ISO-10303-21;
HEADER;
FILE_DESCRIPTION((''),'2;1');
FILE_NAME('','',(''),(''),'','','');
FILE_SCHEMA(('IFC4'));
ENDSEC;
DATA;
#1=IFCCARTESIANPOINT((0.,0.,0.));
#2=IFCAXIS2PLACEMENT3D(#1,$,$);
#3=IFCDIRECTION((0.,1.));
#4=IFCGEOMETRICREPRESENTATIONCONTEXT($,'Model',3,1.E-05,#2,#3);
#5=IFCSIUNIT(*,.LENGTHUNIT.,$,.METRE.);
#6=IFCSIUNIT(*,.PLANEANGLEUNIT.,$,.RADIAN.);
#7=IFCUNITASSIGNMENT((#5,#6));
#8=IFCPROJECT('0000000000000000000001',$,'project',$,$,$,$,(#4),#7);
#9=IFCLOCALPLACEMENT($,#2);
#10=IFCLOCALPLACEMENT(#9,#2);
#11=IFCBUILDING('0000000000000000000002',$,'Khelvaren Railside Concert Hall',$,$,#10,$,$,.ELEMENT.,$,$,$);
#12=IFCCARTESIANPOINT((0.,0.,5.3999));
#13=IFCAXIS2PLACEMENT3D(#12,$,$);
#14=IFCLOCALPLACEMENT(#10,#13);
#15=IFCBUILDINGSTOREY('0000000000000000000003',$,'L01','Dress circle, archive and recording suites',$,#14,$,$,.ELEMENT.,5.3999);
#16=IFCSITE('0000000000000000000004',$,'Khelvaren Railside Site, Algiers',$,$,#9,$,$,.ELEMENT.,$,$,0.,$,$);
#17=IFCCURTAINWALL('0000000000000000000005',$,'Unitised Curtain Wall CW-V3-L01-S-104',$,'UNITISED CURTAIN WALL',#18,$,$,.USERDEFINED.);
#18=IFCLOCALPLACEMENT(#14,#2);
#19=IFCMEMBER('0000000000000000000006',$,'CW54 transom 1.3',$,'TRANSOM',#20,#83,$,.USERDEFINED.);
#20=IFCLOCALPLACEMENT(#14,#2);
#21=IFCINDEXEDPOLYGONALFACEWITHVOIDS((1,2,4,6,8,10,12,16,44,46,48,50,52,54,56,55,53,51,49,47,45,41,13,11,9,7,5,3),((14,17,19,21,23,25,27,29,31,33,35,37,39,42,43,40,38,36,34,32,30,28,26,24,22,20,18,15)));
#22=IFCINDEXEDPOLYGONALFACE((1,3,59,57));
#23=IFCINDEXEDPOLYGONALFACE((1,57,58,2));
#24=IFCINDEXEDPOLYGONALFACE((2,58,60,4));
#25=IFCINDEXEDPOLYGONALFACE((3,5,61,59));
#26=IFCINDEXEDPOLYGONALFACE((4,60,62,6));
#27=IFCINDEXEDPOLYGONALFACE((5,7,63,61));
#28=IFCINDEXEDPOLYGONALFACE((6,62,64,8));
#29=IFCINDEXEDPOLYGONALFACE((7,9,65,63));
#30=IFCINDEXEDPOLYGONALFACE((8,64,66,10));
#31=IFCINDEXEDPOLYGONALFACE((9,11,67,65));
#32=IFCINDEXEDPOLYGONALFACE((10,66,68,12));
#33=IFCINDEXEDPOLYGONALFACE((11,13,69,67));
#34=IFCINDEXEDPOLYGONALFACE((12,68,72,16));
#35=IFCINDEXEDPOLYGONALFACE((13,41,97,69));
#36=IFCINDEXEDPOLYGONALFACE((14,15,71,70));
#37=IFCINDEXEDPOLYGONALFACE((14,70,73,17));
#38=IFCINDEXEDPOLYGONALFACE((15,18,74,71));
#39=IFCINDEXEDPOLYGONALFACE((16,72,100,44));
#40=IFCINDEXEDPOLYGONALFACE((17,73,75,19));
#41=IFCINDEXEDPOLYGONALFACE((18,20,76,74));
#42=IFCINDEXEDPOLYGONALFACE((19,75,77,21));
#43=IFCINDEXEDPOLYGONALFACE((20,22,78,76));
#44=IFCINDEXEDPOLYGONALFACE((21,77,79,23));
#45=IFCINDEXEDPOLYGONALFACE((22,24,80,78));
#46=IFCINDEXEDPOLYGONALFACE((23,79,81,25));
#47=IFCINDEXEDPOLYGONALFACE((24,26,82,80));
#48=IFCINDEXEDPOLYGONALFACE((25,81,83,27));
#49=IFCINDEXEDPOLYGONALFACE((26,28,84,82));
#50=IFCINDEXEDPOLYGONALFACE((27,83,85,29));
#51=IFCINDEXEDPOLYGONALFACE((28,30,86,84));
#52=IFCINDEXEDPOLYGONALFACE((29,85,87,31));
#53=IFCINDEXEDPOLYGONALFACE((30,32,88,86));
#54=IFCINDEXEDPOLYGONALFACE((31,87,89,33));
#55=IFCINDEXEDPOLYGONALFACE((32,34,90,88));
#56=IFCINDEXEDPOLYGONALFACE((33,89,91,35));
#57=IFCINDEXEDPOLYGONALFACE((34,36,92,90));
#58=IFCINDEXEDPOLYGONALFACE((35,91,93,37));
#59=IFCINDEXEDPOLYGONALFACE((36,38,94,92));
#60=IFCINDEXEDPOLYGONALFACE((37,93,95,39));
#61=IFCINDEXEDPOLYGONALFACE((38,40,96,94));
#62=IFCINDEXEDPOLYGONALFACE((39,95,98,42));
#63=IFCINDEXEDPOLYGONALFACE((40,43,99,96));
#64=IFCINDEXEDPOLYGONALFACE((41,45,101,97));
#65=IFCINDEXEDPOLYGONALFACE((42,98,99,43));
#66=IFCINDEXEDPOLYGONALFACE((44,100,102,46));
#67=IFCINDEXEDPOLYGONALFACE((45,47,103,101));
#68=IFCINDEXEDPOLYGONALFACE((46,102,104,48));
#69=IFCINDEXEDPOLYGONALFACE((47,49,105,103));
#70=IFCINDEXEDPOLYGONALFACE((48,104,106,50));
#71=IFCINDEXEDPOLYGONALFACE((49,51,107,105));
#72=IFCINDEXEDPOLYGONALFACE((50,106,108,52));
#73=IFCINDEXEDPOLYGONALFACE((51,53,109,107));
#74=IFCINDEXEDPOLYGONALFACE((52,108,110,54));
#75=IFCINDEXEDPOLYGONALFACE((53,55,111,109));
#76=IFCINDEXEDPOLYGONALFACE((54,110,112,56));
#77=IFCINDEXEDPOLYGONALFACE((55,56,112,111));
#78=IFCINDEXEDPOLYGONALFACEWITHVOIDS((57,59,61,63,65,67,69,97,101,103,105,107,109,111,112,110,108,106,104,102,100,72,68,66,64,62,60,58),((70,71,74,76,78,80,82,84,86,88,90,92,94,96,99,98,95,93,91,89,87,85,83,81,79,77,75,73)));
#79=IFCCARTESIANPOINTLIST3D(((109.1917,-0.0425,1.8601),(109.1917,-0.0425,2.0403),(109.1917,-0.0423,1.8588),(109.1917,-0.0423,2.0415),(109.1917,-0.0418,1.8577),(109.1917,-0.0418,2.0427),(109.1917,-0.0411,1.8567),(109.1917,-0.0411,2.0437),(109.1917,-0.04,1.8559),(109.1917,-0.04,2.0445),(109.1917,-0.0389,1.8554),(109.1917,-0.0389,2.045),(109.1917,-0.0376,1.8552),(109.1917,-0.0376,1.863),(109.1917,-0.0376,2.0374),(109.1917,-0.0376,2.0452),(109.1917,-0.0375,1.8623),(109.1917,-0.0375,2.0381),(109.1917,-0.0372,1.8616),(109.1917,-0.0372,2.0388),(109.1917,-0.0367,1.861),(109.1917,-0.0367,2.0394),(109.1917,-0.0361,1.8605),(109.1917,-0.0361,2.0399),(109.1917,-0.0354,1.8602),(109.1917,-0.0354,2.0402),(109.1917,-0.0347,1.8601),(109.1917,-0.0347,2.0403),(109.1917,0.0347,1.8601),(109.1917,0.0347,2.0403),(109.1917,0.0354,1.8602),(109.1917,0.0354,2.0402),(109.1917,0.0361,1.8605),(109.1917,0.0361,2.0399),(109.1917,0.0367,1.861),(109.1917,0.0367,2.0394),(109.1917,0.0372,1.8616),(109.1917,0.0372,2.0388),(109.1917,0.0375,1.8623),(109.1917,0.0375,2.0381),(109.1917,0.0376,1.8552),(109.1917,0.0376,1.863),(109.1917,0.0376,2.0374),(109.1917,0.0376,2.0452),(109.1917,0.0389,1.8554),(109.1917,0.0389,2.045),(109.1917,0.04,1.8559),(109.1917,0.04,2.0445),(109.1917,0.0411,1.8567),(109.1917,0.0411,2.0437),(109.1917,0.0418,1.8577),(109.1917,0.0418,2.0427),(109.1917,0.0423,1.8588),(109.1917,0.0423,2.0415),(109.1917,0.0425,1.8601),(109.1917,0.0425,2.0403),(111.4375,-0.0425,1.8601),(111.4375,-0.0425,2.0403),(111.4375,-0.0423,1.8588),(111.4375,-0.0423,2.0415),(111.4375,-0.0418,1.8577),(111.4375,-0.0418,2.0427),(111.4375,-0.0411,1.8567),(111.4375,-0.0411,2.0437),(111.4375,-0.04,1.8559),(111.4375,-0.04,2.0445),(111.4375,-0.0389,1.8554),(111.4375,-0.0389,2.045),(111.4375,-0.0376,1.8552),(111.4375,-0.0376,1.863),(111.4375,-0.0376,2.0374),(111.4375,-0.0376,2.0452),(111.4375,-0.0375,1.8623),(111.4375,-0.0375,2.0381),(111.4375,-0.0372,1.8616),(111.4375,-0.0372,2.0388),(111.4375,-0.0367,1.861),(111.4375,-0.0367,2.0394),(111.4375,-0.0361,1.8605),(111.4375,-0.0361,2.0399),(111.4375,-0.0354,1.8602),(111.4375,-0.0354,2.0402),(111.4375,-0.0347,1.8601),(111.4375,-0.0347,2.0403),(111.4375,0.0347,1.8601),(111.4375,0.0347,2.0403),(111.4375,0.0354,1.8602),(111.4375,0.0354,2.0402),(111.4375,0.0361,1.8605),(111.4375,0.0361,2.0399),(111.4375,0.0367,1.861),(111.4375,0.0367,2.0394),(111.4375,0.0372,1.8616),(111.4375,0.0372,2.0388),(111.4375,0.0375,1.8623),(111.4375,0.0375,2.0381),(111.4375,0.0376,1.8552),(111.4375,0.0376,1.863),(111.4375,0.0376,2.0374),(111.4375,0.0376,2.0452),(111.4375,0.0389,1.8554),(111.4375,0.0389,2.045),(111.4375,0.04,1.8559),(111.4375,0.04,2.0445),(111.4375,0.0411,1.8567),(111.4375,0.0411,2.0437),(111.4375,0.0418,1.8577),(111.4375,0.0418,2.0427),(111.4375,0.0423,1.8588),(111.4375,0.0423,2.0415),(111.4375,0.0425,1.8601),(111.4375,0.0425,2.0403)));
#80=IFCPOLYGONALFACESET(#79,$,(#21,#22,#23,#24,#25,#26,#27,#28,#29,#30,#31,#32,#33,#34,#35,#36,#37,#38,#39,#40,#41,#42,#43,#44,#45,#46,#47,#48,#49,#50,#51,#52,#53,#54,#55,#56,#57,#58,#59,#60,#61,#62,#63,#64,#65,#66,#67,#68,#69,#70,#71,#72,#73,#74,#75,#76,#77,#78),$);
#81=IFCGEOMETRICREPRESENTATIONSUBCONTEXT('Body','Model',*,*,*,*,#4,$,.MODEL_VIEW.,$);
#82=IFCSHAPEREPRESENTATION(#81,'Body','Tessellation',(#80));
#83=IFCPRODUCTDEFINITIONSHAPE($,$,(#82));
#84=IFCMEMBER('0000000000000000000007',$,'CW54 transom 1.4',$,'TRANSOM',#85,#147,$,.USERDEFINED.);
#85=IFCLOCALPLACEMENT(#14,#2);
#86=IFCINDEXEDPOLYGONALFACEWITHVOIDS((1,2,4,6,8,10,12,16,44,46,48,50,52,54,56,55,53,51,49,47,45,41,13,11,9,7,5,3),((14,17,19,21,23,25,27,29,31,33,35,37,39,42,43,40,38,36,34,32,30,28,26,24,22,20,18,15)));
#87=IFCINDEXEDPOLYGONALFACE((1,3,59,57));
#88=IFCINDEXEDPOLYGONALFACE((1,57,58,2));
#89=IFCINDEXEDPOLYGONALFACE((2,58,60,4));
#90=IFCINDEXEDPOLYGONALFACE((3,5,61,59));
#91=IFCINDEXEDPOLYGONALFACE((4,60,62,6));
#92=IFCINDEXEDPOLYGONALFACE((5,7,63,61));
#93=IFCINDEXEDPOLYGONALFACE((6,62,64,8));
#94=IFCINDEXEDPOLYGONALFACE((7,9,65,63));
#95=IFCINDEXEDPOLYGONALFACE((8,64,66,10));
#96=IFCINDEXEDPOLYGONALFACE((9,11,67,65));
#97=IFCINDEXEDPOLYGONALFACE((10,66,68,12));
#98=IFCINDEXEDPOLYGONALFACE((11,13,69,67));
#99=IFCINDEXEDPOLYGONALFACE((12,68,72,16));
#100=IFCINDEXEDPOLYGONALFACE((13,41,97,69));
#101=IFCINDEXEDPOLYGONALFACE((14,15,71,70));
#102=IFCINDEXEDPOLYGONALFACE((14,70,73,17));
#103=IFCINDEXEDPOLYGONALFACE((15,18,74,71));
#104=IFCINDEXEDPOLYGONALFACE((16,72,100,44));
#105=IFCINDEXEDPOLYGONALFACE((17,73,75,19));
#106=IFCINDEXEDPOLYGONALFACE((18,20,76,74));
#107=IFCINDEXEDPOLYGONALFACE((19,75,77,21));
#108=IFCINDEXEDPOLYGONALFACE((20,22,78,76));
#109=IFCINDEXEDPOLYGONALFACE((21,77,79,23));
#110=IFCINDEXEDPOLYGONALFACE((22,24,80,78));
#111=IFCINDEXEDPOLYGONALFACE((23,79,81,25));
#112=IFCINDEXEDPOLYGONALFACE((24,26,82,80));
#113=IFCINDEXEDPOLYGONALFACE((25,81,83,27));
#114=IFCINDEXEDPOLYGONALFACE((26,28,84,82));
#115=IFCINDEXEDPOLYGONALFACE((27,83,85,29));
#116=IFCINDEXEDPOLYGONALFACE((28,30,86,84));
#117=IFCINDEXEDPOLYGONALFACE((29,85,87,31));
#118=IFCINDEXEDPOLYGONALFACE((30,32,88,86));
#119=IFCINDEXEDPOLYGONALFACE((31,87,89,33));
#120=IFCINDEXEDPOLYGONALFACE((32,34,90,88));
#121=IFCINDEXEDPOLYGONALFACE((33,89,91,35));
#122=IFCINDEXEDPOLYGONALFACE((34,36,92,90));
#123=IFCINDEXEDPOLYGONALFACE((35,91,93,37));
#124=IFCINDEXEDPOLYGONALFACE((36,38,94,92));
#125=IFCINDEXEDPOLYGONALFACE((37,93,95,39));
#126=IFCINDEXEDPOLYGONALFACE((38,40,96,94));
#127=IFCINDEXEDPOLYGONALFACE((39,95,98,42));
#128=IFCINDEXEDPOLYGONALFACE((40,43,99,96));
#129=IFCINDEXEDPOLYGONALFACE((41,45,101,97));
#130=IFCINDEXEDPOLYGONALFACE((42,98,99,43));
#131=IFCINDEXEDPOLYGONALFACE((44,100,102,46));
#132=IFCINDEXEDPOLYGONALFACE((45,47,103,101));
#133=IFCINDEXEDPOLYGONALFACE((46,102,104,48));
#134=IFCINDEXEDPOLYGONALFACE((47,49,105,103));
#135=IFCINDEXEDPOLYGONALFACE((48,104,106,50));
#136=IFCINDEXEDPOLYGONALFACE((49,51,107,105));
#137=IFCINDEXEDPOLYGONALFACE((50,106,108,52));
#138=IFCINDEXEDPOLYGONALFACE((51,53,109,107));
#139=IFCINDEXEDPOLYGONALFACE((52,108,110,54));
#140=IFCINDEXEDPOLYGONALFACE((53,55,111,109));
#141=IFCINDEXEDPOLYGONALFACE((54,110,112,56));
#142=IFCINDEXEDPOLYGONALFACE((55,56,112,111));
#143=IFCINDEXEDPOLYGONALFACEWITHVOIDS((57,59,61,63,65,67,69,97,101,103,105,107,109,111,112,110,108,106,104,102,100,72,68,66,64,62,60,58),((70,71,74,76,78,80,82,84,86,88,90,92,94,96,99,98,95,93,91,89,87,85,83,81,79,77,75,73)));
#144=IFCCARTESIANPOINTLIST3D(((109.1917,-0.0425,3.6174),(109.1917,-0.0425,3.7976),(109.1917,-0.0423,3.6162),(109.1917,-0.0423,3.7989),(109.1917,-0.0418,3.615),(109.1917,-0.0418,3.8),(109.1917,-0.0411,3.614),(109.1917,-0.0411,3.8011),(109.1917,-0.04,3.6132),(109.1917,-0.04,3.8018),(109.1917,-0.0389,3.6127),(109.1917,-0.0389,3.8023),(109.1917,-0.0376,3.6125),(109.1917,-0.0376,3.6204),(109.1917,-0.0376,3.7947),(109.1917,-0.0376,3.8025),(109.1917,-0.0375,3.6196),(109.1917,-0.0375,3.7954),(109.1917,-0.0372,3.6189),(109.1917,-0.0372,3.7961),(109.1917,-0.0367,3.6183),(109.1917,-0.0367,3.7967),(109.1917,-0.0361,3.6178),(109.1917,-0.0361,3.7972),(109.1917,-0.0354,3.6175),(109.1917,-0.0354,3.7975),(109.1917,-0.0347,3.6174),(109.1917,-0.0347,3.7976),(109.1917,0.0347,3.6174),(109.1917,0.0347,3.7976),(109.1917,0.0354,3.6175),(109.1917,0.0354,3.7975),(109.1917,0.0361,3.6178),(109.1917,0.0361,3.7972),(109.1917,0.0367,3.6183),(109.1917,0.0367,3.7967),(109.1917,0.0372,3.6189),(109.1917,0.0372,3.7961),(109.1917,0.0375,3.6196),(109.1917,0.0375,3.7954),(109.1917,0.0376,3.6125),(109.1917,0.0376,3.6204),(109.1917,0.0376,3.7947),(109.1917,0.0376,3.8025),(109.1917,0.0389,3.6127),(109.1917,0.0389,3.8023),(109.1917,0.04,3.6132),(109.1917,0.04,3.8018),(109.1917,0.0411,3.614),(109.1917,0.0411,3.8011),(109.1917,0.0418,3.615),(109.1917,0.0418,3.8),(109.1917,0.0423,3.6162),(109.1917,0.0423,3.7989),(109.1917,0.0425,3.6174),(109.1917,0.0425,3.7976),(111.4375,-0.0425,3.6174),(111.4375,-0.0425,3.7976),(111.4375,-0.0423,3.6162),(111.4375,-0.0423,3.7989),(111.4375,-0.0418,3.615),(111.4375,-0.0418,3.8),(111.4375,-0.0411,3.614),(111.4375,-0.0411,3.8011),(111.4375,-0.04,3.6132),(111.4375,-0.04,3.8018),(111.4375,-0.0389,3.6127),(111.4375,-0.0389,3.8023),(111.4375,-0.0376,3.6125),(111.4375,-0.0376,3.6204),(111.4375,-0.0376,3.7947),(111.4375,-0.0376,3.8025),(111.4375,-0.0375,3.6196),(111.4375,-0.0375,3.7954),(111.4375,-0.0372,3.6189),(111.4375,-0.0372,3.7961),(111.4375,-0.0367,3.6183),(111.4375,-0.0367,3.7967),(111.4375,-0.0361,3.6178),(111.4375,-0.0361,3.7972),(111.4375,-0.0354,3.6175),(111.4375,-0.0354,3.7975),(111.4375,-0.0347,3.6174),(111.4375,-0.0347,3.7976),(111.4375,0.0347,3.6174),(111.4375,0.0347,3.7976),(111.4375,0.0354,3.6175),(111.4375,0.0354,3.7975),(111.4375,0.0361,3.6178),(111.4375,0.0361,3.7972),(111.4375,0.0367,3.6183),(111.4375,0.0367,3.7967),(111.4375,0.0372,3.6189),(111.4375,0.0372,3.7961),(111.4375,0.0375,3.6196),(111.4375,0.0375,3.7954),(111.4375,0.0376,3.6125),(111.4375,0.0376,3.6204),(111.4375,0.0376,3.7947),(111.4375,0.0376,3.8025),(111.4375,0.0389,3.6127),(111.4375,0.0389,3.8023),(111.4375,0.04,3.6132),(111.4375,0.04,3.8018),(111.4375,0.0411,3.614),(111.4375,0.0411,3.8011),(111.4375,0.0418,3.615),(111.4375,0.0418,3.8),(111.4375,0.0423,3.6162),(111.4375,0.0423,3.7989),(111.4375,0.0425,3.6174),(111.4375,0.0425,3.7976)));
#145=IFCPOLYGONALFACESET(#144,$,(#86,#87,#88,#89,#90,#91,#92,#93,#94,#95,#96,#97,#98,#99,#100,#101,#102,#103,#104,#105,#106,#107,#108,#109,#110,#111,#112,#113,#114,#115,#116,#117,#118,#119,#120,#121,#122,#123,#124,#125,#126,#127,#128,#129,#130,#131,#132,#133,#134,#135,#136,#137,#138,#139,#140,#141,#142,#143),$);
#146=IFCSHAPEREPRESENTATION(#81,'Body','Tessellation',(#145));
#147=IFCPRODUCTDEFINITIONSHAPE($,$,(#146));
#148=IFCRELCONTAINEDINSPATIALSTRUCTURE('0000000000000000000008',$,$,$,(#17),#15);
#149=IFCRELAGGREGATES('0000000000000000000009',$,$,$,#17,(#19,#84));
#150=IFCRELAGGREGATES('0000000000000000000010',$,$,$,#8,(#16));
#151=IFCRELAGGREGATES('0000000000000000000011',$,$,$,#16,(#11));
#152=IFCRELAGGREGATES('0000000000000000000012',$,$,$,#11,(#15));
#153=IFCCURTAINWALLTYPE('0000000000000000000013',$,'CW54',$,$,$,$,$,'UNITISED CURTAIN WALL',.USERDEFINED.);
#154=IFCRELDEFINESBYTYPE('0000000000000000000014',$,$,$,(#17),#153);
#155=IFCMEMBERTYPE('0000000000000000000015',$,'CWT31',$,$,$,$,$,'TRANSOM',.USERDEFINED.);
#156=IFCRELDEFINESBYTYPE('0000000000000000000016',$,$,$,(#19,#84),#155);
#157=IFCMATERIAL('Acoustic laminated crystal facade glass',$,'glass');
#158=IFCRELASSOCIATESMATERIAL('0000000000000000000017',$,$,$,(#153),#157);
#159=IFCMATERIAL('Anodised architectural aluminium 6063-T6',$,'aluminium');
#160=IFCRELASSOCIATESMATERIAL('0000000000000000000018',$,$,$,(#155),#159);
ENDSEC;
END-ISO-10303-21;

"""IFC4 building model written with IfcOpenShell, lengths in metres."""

from ifc_helpers import new_model, si_unit, direction, frame, origin, origin_2d, place, context, subcontext, project, spatial, hollow_rectangle, extrude, material, material_profile, profile_set, type_object, element, aggregate, save


model = new_model("IFC4")

# Units and contexts
model_context = context("Model", 3, precision=1e-05, world=origin(), true_north=direction((0.0, 1.0)))
body_context = subcontext(model_context, "Body", "Model", "MODEL_VIEW")
ifc_project = project(units=[si_unit("LENGTHUNIT", "METRE"), si_unit("PLANEANGLEUNIT", "RADIAN")], contexts=[model_context])

# Site, building, storey
site_placement = place(None, origin())
site = spatial("IfcSite", under=ifc_project, at=site_placement, Name="Khelvaren Railside Site, Algiers", CompositionType="ELEMENT", RefElevation=0.0)
building_placement = place(site_placement, origin())
building = spatial("IfcBuilding", under=site, at=building_placement, Name="Khelvaren Railside Concert Hall", CompositionType="ELEMENT")
storey_placement = place(building_placement, frame((0.0, 0.0, 5.3999)))
storey = spatial("IfcBuildingStorey", under=building, at=storey_placement, Name="L01", Description="Dress circle, archive and recording suites", CompositionType="ELEMENT", Elevation=5.3999)

# Curtain wall, members
ifc_material_1 = material(Name="Acoustic laminated crystal facade glass", Category="glass")
curtain_wall_type = type_object("IfcCurtainWallType", Name="CW54", ElementType="UNITISED CURTAIN WALL", PredefinedType="USERDEFINED", material=ifc_material_1)
curtain_wall_placement = place(storey_placement, origin())
curtain_wall = element("IfcCurtainWall", 1, at=curtain_wall_placement, inside=storey, type_object=curtain_wall_type, Name="Unitised Curtain Wall CW-V3-L01-S-104", ObjectType="UNITISED CURTAIN WALL", PredefinedType="USERDEFINED")
ifc_material_2 = material(Name="Anodised architectural aluminium 6063-T6", Category="aluminium")
ifc_material_profile_1 = material_profile(ifc_material_2, hollow_rectangle(XDim=0.085, YDim=0.1899, WallThickness=0.0049, InnerFilletRadius=0.0029, OuterFilletRadius=0.0049, at=origin_2d()), Name="CWT 85x190x5")
ifc_profile_set_1 = profile_set([ifc_material_profile_1], Name="Anodised architectural aluminium 6063-T6")
member_type_1 = type_object("IfcMemberType", Name="CWT31", ElementType="TRANSOM", PredefinedType="USERDEFINED", material=ifc_profile_set_1)
member_1_placement = place(storey_placement, frame((111.4375, 0.0, 1.9502), z_axis=(-1.0, 0.0, 0.0), x_axis=(0.0, -1.0, 0.0)))
member_1 = element("IfcMember", 2, at=member_1_placement, type_object=member_type_1, Name="CW54 transom 1.3", ObjectType="TRANSOM", PredefinedType="USERDEFINED", context=body_context, shape_type="SweptSolid", body=[
    extrude(hollow_rectangle(XDim=0.085, YDim=0.1899, WallThickness=0.0049, InnerFilletRadius=0.0029, OuterFilletRadius=0.0049, at=origin_2d()), origin(), (0.0, 0.0, 1.0), 2.2458),
])
member_2_placement = place(storey_placement, frame((111.4375, 0.0, 3.7075), z_axis=(-1.0, 0.0, 0.0), x_axis=(0.0, -1.0, 0.0)))
member_2 = element("IfcMember", 3, at=member_2_placement, type_object=member_type_1, Name="CW54 transom 1.4", ObjectType="TRANSOM", PredefinedType="USERDEFINED", context=body_context, shape_type="SweptSolid", body=[
    extrude(hollow_rectangle(XDim=0.085, YDim=0.1899, WallThickness=0.0049, InnerFilletRadius=0.0029, OuterFilletRadius=0.0049, at=origin_2d()), origin(), (0.0, 0.0, 1.0), 2.2458),
])

aggregate(curtain_wall, [member_1, member_2])

save(model, "model.ifc")
